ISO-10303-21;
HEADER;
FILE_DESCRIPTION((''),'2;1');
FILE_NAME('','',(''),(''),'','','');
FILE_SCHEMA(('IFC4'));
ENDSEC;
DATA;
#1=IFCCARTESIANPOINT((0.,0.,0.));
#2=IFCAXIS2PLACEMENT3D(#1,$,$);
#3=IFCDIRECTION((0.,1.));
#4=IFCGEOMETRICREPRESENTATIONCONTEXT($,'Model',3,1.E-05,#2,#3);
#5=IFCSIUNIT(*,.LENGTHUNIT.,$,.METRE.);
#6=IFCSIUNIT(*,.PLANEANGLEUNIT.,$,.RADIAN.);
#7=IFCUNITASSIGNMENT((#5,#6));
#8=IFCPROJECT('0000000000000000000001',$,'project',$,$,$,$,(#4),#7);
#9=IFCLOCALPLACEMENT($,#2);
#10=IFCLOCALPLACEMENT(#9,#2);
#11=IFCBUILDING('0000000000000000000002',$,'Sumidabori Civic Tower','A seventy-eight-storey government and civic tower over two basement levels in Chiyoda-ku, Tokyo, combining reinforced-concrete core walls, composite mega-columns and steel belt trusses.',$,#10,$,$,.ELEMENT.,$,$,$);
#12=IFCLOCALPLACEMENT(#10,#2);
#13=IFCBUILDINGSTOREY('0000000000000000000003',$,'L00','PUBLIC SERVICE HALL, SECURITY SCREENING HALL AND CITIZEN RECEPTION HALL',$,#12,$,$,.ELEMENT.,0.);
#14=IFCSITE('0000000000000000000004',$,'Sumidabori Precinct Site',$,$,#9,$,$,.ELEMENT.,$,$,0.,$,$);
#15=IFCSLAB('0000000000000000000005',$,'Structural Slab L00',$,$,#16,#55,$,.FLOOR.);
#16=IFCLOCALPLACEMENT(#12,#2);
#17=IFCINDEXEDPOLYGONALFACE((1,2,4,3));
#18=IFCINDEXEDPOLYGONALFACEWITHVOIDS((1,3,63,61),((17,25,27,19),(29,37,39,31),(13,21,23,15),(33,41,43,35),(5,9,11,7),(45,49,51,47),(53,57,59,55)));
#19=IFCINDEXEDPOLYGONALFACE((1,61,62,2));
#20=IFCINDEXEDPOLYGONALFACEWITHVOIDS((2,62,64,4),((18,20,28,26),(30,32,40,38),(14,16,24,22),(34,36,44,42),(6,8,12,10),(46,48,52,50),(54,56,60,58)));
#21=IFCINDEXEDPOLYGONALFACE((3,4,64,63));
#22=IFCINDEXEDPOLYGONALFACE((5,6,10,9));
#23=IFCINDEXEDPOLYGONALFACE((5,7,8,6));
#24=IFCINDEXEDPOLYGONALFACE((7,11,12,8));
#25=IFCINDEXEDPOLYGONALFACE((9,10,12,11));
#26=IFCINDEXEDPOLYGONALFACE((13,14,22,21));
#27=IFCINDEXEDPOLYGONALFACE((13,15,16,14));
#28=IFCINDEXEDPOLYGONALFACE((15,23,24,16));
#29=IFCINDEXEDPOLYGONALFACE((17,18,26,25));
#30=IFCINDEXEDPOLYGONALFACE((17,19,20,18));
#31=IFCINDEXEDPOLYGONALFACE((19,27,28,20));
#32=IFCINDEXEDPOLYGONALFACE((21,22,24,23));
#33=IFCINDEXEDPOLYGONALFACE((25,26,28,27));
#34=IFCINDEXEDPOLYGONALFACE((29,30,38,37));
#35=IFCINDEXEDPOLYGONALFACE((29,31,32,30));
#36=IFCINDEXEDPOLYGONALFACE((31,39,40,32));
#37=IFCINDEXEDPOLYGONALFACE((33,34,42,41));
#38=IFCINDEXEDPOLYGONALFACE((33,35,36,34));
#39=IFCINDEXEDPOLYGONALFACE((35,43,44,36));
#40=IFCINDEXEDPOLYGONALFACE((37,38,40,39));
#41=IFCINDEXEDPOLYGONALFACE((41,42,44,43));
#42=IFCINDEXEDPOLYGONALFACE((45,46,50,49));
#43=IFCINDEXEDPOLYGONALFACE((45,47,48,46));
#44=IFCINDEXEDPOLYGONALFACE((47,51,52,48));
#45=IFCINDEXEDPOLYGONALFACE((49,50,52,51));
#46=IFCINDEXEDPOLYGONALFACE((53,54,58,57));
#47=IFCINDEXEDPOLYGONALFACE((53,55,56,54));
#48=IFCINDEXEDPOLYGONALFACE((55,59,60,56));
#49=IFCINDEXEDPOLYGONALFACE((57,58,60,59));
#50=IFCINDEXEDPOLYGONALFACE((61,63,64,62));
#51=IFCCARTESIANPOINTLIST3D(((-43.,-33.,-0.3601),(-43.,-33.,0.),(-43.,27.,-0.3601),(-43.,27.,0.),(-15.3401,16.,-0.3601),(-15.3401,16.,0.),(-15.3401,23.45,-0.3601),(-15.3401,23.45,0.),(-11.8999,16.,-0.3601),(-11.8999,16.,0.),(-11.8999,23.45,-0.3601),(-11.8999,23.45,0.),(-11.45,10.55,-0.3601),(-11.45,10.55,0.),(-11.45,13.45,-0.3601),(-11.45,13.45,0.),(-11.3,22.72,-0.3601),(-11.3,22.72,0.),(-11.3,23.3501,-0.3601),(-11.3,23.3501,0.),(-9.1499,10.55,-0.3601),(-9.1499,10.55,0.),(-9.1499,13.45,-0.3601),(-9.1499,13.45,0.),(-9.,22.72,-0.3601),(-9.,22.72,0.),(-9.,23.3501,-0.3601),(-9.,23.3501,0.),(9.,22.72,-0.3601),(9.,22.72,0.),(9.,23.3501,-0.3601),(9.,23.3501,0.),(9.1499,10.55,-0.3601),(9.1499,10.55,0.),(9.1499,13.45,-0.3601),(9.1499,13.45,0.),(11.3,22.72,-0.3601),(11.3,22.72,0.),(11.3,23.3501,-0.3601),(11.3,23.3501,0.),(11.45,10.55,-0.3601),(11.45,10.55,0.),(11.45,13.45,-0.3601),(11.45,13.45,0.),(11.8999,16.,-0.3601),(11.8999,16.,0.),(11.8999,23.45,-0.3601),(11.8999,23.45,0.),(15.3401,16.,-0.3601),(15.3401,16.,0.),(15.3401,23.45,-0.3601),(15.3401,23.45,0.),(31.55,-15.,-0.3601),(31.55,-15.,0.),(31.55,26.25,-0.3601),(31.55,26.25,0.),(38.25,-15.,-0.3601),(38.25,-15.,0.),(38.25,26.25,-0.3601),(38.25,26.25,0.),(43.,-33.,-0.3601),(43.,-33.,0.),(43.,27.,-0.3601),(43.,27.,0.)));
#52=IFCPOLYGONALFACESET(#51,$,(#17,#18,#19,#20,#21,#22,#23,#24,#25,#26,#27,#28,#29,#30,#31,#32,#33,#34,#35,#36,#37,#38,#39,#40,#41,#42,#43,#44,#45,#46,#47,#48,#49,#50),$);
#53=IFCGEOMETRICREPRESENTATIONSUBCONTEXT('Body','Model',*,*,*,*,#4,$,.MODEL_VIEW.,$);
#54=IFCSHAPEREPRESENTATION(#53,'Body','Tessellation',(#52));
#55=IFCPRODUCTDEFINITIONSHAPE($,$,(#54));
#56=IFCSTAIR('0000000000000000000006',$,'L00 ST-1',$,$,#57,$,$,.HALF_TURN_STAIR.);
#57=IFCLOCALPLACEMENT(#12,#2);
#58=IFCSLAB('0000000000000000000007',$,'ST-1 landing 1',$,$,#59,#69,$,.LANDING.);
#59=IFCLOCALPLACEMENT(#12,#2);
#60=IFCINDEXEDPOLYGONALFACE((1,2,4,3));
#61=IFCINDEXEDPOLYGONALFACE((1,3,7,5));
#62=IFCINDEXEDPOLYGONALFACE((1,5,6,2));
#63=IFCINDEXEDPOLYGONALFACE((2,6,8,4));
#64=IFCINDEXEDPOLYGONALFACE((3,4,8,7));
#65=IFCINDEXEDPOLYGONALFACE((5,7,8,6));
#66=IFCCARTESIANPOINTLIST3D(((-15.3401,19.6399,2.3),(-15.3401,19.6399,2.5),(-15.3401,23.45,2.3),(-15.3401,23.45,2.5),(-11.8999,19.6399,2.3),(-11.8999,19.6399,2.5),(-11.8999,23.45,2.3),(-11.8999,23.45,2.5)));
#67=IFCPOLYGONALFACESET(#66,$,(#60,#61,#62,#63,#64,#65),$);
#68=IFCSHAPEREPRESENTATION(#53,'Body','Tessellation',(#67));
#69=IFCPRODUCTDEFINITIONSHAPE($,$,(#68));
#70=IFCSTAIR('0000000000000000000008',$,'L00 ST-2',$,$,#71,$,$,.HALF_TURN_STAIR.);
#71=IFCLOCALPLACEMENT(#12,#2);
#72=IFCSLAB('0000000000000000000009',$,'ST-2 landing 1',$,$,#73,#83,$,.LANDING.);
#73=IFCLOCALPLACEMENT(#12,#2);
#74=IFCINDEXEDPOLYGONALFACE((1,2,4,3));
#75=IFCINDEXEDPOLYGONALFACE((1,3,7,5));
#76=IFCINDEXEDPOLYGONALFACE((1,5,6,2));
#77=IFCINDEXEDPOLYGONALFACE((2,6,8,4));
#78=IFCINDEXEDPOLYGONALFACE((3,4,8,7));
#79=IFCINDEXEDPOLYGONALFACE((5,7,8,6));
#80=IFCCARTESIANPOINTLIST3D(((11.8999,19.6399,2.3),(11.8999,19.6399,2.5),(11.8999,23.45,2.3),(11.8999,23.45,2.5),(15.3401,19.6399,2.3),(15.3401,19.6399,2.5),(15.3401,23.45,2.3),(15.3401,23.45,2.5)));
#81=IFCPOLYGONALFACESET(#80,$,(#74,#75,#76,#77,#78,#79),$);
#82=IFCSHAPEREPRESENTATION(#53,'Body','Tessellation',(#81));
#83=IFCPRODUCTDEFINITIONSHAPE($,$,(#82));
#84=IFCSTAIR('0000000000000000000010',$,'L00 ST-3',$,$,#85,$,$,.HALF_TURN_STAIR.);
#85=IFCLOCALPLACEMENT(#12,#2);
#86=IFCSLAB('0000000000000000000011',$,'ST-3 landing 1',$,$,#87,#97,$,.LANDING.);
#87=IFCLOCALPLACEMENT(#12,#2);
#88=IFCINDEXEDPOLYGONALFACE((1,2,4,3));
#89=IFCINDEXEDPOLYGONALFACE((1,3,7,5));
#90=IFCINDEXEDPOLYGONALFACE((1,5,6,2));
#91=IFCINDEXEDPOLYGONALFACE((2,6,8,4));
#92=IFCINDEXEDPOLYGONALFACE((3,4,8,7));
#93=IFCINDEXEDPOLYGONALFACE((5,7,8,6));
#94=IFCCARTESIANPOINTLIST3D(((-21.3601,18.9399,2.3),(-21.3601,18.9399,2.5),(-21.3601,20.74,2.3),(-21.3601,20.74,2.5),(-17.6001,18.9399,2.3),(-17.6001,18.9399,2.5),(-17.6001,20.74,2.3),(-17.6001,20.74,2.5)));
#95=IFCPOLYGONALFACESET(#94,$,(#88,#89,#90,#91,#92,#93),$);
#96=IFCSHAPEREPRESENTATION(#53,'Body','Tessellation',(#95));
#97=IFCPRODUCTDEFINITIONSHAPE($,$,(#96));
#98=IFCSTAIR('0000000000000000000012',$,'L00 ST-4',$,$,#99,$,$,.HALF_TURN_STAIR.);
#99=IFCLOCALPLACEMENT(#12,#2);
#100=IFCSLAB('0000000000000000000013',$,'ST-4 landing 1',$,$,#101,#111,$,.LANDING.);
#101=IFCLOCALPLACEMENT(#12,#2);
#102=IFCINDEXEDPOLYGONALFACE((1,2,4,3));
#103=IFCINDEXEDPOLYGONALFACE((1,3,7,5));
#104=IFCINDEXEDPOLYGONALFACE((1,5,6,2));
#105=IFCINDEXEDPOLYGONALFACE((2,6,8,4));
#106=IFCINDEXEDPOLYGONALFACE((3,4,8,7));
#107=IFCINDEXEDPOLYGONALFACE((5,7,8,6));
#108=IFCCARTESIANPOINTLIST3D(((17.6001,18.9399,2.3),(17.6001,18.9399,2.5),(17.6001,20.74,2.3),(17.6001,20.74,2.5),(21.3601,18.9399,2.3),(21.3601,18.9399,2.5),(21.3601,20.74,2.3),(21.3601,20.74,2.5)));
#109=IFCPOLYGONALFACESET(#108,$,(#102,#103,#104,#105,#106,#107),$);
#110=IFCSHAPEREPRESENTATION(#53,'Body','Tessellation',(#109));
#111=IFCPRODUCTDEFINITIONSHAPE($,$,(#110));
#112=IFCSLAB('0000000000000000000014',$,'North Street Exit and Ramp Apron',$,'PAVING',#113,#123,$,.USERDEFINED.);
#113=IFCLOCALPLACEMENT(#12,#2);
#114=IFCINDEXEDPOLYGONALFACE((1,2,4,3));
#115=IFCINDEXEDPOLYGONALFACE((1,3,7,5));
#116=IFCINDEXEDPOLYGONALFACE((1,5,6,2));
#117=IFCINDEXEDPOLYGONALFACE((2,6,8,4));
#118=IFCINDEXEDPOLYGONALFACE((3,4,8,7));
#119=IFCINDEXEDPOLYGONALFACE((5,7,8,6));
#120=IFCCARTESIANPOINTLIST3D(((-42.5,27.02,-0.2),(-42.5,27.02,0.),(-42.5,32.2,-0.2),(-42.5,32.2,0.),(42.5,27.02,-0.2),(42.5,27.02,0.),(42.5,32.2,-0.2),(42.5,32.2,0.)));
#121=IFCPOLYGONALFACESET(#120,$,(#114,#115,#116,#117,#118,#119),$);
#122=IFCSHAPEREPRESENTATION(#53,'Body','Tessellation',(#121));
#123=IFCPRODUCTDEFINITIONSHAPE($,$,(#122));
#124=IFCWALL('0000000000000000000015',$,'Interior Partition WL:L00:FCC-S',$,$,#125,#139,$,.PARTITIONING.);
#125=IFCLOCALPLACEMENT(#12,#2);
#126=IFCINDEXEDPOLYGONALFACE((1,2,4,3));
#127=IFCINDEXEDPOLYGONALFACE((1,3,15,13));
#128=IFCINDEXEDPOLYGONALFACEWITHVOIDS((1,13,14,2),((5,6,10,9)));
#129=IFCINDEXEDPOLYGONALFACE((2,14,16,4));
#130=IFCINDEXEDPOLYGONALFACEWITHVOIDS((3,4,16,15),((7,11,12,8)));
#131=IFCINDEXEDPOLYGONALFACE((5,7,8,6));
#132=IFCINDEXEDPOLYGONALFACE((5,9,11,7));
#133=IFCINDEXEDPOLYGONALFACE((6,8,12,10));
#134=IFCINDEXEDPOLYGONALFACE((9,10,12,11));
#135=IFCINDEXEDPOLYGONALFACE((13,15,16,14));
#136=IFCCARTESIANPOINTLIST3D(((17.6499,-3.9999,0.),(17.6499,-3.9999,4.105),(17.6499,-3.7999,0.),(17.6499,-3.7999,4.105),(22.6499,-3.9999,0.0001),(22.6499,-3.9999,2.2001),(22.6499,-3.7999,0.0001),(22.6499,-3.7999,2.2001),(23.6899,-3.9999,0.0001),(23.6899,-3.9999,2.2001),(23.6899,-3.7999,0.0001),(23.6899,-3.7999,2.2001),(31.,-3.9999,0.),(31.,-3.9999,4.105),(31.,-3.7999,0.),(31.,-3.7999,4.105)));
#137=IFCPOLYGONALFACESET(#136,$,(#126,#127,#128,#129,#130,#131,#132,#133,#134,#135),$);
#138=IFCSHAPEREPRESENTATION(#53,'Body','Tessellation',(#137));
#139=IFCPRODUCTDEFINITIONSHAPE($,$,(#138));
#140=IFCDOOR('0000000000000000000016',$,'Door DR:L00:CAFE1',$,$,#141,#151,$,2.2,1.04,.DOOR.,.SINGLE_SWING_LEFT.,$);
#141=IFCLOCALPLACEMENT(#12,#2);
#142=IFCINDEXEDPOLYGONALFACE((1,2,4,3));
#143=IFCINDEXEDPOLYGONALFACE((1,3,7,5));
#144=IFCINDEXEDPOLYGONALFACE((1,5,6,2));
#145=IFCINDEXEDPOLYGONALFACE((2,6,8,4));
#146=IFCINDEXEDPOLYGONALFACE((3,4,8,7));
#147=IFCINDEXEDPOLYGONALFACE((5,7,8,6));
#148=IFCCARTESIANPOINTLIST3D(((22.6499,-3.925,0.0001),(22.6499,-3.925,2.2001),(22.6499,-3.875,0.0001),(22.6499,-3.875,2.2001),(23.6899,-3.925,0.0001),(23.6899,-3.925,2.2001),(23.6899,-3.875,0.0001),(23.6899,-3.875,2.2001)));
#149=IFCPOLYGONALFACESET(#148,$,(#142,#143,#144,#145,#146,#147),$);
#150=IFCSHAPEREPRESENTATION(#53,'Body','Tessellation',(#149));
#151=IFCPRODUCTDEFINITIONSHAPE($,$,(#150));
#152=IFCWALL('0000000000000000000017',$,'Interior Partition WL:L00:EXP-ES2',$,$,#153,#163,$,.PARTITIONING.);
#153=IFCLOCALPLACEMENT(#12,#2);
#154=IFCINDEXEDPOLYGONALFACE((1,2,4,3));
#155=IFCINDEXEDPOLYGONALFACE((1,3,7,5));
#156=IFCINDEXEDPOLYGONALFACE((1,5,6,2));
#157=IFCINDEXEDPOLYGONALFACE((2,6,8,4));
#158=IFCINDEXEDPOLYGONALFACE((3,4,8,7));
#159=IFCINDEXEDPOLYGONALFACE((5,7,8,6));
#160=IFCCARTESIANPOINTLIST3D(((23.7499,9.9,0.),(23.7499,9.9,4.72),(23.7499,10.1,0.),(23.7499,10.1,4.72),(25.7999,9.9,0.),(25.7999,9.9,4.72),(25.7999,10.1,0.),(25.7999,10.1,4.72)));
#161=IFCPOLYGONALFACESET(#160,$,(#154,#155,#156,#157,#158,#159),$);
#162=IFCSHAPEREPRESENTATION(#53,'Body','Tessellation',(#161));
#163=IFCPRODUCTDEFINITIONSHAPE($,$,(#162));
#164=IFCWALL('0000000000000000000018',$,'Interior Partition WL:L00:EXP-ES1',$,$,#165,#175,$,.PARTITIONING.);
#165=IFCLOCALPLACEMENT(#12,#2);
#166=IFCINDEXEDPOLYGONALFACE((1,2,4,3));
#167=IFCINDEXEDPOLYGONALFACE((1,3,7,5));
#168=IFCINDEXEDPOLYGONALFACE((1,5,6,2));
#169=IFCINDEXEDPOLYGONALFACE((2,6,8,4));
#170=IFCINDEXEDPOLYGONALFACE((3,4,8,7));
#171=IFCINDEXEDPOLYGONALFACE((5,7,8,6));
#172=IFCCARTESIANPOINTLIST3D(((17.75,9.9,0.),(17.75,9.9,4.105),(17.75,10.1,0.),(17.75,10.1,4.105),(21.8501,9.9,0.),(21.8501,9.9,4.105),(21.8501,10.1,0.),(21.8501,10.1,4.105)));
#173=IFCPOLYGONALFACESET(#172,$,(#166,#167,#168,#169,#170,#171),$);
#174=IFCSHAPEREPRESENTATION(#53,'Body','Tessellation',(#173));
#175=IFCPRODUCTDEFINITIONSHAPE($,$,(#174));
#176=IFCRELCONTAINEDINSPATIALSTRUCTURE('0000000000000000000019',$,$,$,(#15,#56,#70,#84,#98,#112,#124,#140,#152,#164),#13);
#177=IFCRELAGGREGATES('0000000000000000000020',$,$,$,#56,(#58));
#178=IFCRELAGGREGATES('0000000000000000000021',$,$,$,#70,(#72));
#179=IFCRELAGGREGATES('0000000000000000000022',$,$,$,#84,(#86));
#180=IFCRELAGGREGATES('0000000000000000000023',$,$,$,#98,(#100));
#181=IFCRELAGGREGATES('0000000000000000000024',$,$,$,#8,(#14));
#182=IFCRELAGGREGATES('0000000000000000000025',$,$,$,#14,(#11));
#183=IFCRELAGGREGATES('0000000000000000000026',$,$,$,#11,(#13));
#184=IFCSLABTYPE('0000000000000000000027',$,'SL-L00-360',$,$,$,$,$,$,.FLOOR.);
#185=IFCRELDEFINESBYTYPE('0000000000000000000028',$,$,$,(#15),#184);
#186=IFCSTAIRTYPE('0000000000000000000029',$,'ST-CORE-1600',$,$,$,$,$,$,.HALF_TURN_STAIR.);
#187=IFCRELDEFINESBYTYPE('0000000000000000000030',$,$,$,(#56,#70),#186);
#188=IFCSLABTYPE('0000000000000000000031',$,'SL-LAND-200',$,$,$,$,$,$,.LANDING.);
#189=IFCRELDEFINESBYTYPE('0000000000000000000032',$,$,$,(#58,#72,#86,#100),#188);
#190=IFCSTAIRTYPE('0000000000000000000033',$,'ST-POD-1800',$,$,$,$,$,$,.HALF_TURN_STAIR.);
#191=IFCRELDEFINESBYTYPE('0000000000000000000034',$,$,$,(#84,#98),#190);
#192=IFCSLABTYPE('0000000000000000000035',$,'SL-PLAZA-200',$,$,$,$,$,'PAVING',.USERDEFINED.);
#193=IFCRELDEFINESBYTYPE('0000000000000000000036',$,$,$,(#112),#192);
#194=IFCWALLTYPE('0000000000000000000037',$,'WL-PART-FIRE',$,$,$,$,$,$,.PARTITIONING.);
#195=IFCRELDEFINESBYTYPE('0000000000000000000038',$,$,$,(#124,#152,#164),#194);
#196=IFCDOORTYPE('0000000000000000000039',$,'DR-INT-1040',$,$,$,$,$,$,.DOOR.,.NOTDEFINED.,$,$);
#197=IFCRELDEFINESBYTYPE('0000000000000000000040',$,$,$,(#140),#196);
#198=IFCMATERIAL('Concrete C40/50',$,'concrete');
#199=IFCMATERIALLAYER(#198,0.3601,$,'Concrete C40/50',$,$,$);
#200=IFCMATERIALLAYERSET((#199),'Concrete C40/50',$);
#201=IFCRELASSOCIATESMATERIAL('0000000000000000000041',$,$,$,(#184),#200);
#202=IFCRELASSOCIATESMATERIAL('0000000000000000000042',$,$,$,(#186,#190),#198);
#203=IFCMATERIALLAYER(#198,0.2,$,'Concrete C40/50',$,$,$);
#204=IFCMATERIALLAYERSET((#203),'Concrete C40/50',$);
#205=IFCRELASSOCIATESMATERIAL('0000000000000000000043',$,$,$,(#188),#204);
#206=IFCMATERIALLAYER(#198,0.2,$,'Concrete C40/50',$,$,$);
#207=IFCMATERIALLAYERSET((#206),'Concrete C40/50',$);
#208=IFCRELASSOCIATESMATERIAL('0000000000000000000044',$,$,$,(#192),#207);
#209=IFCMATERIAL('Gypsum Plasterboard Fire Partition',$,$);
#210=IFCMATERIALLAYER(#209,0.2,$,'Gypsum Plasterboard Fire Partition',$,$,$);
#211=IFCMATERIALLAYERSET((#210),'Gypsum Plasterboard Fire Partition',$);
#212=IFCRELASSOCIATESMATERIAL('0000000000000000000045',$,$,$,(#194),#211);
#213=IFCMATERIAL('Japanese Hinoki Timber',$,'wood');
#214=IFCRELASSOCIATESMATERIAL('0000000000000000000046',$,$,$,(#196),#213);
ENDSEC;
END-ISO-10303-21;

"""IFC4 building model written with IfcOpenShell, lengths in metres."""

from ifc_helpers import new_model, si_unit, direction, frame, frame_2d, origin, place, context, subcontext, project, spatial, polyline, rectangle, outline, extrude, source, transform, mapped, material, layer, layer_set, type_object, element, fill, aggregate, save


model = new_model("IFC4")

# Units and contexts
model_context = context("Model", 3, precision=1e-05, world=origin(), true_north=direction((0.0, 1.0)))
body_context = subcontext(model_context, "Body", "Model", "MODEL_VIEW")
ifc_project = project(units=[si_unit("LENGTHUNIT", "METRE"), si_unit("PLANEANGLEUNIT", "RADIAN")], contexts=[model_context])

# Site, building, storey
site_placement = place(None, origin())
site = spatial("IfcSite", under=ifc_project, at=site_placement, Name="Sumidabori Precinct Site", CompositionType="ELEMENT", RefElevation=0.0)
building_placement = place(site_placement, origin())
building = spatial("IfcBuilding", under=site, at=building_placement, Name="Sumidabori Civic Tower", Description="A seventy-eight-storey government and civic tower over two basement levels in Chiyoda-ku, Tokyo, combining reinforced-concrete core walls, composite mega-columns and steel belt trusses.", CompositionType="ELEMENT")
storey_placement = place(building_placement, origin())
storey = spatial("IfcBuildingStorey", under=building, at=storey_placement, Name="L00", Description="PUBLIC SERVICE HALL, SECURITY SCREENING HALL AND CITIZEN RECEPTION HALL", CompositionType="ELEMENT", Elevation=0.0)

# Slab
ifc_material_1 = material(Name="Concrete C40/50", Category="concrete")
ifc_layer_1 = layer(ifc_material_1, 0.3601, Name="Concrete C40/50")
ifc_layer_set_1 = layer_set([ifc_layer_1], Name="Concrete C40/50")
slab_type_1 = type_object("IfcSlabType", Name="SL-L00-360", PredefinedType="FLOOR", material=ifc_layer_set_1)
slab_1_placement = place(storey_placement, frame((0.0, 0.0, -0.3601)))
element("IfcSlab", 1, at=slab_1_placement, inside=storey, type_object=slab_type_1, Name="Structural Slab L00", PredefinedType="FLOOR", context=body_context, shape_type="SweptSolid", body=[
    extrude(outline(polyline([(-43.0, -33.0), (43.0, -33.0), (43.0, 27.0), (-43.0, 27.0), (-43.0, -33.0)]), holes=[polyline([(-11.8999, 16.0), (-11.8999, 23.45), (-15.3401, 23.45), (-15.3401, 16.0), (-11.8999, 16.0)]), polyline([(15.3401, 16.0), (15.3401, 23.45), (11.8999, 23.45), (11.8999, 16.0), (15.3401, 16.0)]), polyline([(-11.45, 10.55), (-9.1499, 10.55), (-9.1499, 13.45), (-11.45, 13.45), (-11.45, 10.55)]), polyline([(9.1499, 10.55), (11.45, 10.55), (11.45, 13.45), (9.1499, 13.45), (9.1499, 10.55)]), polyline([(-11.3, 22.72), (-9.0, 22.72), (-9.0, 23.3501), (-11.3, 23.3501), (-11.3, 22.72)]), polyline([(9.0, 22.72), (11.3, 22.72), (11.3, 23.3501), (9.0, 23.3501), (9.0, 22.72)]), polyline([(31.55, -15.0), (38.25, -15.0), (38.25, 26.25), (31.55, 26.25), (31.55, -15.0)])]), origin(), (0.0, 0.0, 1.0), 0.3601),
])

# Stairs, slabs
stair_type_1 = type_object("IfcStairType", Name="ST-CORE-1600", PredefinedType="HALF_TURN_STAIR", material=ifc_material_1)
stair_1_placement = place(storey_placement, origin())
stair_1 = element("IfcStair", 2, at=stair_1_placement, inside=storey, type_object=stair_type_1, Name="L00 ST-1", PredefinedType="HALF_TURN_STAIR")
ifc_layer_2 = layer(ifc_material_1, 0.2, Name="Concrete C40/50")
ifc_layer_set_2 = layer_set([ifc_layer_2], Name="Concrete C40/50")
slab_type_2 = type_object("IfcSlabType", Name="SL-LAND-200", PredefinedType="LANDING", material=ifc_layer_set_2)
slab_2_placement = place(storey_placement, frame((0.0, 0.0, 2.3)))
slab_2 = element("IfcSlab", 3, at=slab_2_placement, type_object=slab_type_2, Name="ST-1 landing 1", PredefinedType="LANDING", context=body_context, shape_type="SweptSolid", body=[
    extrude(outline(polyline([(-11.8999, 19.6399), (-11.8999, 23.45), (-15.3401, 23.45), (-15.3401, 19.6399), (-11.8999, 19.6399)])), origin(), (0.0, 0.0, 1.0), 0.2),
])
aggregate(stair_1, [slab_2])
stair_2_placement = place(storey_placement, origin())
stair_2 = element("IfcStair", 4, at=stair_2_placement, inside=storey, type_object=stair_type_1, Name="L00 ST-2", PredefinedType="HALF_TURN_STAIR")
slab_3_placement = place(storey_placement, frame((0.0, 0.0, 2.3)))
slab_3 = element("IfcSlab", 5, at=slab_3_placement, type_object=slab_type_2, Name="ST-2 landing 1", PredefinedType="LANDING", context=body_context, shape_type="SweptSolid", body=[
    extrude(outline(polyline([(15.3401, 19.6399), (15.3401, 23.45), (11.8999, 23.45), (11.8999, 19.6399), (15.3401, 19.6399)])), origin(), (0.0, 0.0, 1.0), 0.2),
])
aggregate(stair_2, [slab_3])
stair_type_2 = type_object("IfcStairType", Name="ST-POD-1800", PredefinedType="HALF_TURN_STAIR", material=ifc_material_1)
stair_3_placement = place(storey_placement, origin())
stair_3 = element("IfcStair", 6, at=stair_3_placement, inside=storey, type_object=stair_type_2, Name="L00 ST-3", PredefinedType="HALF_TURN_STAIR")
slab_4_placement = place(storey_placement, frame((0.0, 0.0, 2.3)))
slab_4 = element("IfcSlab", 7, at=slab_4_placement, type_object=slab_type_2, Name="ST-3 landing 1", PredefinedType="LANDING", context=body_context, shape_type="SweptSolid", body=[
    extrude(outline(polyline([(-17.6001, 18.9399), (-17.6001, 20.74), (-21.3601, 20.74), (-21.3601, 18.9399), (-17.6001, 18.9399)])), origin(), (0.0, 0.0, 1.0), 0.2),
])
aggregate(stair_3, [slab_4])
stair_4_placement = place(storey_placement, origin())
stair_4 = element("IfcStair", 8, at=stair_4_placement, inside=storey, type_object=stair_type_2, Name="L00 ST-4", PredefinedType="HALF_TURN_STAIR")
slab_5_placement = place(storey_placement, frame((0.0, 0.0, 2.3)))
slab_5 = element("IfcSlab", 9, at=slab_5_placement, type_object=slab_type_2, Name="ST-4 landing 1", PredefinedType="LANDING", context=body_context, shape_type="SweptSolid", body=[
    extrude(outline(polyline([(21.3601, 18.9399), (21.3601, 20.74), (17.6001, 20.74), (17.6001, 18.9399), (21.3601, 18.9399)])), origin(), (0.0, 0.0, 1.0), 0.2),
])
aggregate(stair_4, [slab_5])

# Slab
ifc_layer_3 = layer(ifc_material_1, 0.2, Name="Concrete C40/50")
ifc_layer_set_3 = layer_set([ifc_layer_3], Name="Concrete C40/50")
slab_type_3 = type_object("IfcSlabType", Name="SL-PLAZA-200", ElementType="PAVING", PredefinedType="USERDEFINED", material=ifc_layer_set_3)
slab_6_placement = place(storey_placement, frame((0.0, 0.0, -0.2)))
element("IfcSlab", 10, at=slab_6_placement, inside=storey, type_object=slab_type_3, Name="North Street Exit and Ramp Apron", ObjectType="PAVING", PredefinedType="USERDEFINED", context=body_context, shape_type="SweptSolid", body=[
    extrude(outline(polyline([(-42.5, 27.02), (42.5, 27.02), (42.5, 32.2), (-42.5, 32.2), (-42.5, 27.02)])), origin(), (0.0, 0.0, 1.0), 0.2),
])

# Wall, opening, door
ifc_material_2 = material(Name="Gypsum Plasterboard Fire Partition")
ifc_layer_4 = layer(ifc_material_2, 0.2, Name="Gypsum Plasterboard Fire Partition")
ifc_layer_set_4 = layer_set([ifc_layer_4], Name="Gypsum Plasterboard Fire Partition")
wall_type = type_object("IfcWallType", Name="WL-PART-FIRE", PredefinedType="PARTITIONING", material=ifc_layer_set_4)
shared_shape_1 = source(origin(), body_context, "Body", "SweptSolid", [
    extrude(rectangle(XDim=13.3501, YDim=0.2, at=frame_2d((6.675, 0.0))), origin(), (0.0, 0.0, 1.0), 4.105),
])
wall_1_placement = place(storey_placement, frame((17.6499, -3.8999, 0.0), z_axis=(0.0, 0.0, 1.0), x_axis=(1.0, 0.0, 0.0)))
wall_1 = element("IfcWall", 11, at=wall_1_placement, inside=storey, type_object=wall_type, Name="Interior Partition WL:L00:FCC-S", PredefinedType="PARTITIONING", context=body_context, shape_type="MappedRepresentation", body=[
    mapped(shared_shape_1, transform((0.0, 0.0, 0.0), x_axis=(1.0, 0.0, 0.0), y_axis=(0.0, 1.0, 0.0), z_axis=(0.0, 0.0, 1.0), scale=1.0)),
])
opening_placement = place(wall_1_placement, frame((5.0, 0.0, 0.0)))
opening = element("IfcOpeningElement", 12, at=opening_placement, cuts=wall_1, PredefinedType="OPENING", context=body_context, shape_type="SweptSolid", body=[
    extrude(rectangle(XDim=1.04, YDim=2.2, at=frame_2d((0.52, 1.1001))), frame((0.0, 0.1118, 0.0), z_axis=(0.0, -1.0, 0.0), x_axis=(1.0, 0.0, 0.0)), (0.0, 0.0, 1.0), 0.2239),
])
ifc_material_3 = material(Name="Japanese Hinoki Timber", Category="wood")
door_type = type_object("IfcDoorType", Name="DR-INT-1040", OperationType="NOTDEFINED", PredefinedType="DOOR", material=ifc_material_3)
shared_shape_2 = source(origin(), body_context, "Body", "SweptSolid", [
    extrude(rectangle(XDim=1.04, YDim=2.2, at=frame_2d((0.52, 1.1001))), frame((0.0, 0.0249, 0.0), z_axis=(0.0, -1.0, 0.0), x_axis=(1.0, 0.0, 0.0)), (0.0, 0.0, 1.0), 0.05),
])
door_placement = place(opening_placement, origin())
door = element("IfcDoor", 13, at=door_placement, inside=storey, type_object=door_type, Name="Door DR:L00:CAFE1", OperationType="SINGLE_SWING_LEFT", OverallHeight=2.2, OverallWidth=1.04, PredefinedType="DOOR", context=body_context, shape_type="MappedRepresentation", body=[
    mapped(shared_shape_2, transform((0.0, 0.0, 0.0), x_axis=(1.0, 0.0, 0.0), y_axis=(0.0, 1.0, 0.0), z_axis=(0.0, 0.0, 1.0), scale=1.0)),
])
fill(opening, door)

# Walls
shared_shape_3 = source(origin(), body_context, "Body", "SweptSolid", [
    extrude(rectangle(XDim=2.05, YDim=0.2, at=frame_2d((1.0249, 0.0))), origin(), (0.0, 0.0, 1.0), 4.72),
])
wall_2_placement = place(storey_placement, frame((23.75, 10.0, 0.0), z_axis=(0.0, 0.0, 1.0), x_axis=(1.0, 0.0, 0.0)))
element("IfcWall", 14, at=wall_2_placement, inside=storey, type_object=wall_type, Name="Interior Partition WL:L00:EXP-ES2", PredefinedType="PARTITIONING", context=body_context, shape_type="MappedRepresentation", body=[
    mapped(shared_shape_3, transform((0.0, 0.0, 0.0), x_axis=(1.0, 0.0, 0.0), y_axis=(0.0, 1.0, 0.0), z_axis=(0.0, 0.0, 1.0), scale=1.0)),
])
shared_shape_4 = source(origin(), body_context, "Body", "SweptSolid", [
    extrude(rectangle(XDim=4.1001, YDim=0.2, at=frame_2d((2.05, 0.0))), origin(), (0.0, 0.0, 1.0), 4.105),
])
wall_3_placement = place(storey_placement, frame((17.75, 10.0, 0.0), z_axis=(0.0, 0.0, 1.0), x_axis=(1.0, 0.0, 0.0)))
element("IfcWall", 15, at=wall_3_placement, inside=storey, type_object=wall_type, Name="Interior Partition WL:L00:EXP-ES1", PredefinedType="PARTITIONING", context=body_context, shape_type="MappedRepresentation", body=[
    mapped(shared_shape_4, transform((0.0, 0.0, 0.0), x_axis=(1.0, 0.0, 0.0), y_axis=(0.0, 1.0, 0.0), z_axis=(0.0, 0.0, 1.0), scale=1.0)),
])

save(model, "model.ifc")
